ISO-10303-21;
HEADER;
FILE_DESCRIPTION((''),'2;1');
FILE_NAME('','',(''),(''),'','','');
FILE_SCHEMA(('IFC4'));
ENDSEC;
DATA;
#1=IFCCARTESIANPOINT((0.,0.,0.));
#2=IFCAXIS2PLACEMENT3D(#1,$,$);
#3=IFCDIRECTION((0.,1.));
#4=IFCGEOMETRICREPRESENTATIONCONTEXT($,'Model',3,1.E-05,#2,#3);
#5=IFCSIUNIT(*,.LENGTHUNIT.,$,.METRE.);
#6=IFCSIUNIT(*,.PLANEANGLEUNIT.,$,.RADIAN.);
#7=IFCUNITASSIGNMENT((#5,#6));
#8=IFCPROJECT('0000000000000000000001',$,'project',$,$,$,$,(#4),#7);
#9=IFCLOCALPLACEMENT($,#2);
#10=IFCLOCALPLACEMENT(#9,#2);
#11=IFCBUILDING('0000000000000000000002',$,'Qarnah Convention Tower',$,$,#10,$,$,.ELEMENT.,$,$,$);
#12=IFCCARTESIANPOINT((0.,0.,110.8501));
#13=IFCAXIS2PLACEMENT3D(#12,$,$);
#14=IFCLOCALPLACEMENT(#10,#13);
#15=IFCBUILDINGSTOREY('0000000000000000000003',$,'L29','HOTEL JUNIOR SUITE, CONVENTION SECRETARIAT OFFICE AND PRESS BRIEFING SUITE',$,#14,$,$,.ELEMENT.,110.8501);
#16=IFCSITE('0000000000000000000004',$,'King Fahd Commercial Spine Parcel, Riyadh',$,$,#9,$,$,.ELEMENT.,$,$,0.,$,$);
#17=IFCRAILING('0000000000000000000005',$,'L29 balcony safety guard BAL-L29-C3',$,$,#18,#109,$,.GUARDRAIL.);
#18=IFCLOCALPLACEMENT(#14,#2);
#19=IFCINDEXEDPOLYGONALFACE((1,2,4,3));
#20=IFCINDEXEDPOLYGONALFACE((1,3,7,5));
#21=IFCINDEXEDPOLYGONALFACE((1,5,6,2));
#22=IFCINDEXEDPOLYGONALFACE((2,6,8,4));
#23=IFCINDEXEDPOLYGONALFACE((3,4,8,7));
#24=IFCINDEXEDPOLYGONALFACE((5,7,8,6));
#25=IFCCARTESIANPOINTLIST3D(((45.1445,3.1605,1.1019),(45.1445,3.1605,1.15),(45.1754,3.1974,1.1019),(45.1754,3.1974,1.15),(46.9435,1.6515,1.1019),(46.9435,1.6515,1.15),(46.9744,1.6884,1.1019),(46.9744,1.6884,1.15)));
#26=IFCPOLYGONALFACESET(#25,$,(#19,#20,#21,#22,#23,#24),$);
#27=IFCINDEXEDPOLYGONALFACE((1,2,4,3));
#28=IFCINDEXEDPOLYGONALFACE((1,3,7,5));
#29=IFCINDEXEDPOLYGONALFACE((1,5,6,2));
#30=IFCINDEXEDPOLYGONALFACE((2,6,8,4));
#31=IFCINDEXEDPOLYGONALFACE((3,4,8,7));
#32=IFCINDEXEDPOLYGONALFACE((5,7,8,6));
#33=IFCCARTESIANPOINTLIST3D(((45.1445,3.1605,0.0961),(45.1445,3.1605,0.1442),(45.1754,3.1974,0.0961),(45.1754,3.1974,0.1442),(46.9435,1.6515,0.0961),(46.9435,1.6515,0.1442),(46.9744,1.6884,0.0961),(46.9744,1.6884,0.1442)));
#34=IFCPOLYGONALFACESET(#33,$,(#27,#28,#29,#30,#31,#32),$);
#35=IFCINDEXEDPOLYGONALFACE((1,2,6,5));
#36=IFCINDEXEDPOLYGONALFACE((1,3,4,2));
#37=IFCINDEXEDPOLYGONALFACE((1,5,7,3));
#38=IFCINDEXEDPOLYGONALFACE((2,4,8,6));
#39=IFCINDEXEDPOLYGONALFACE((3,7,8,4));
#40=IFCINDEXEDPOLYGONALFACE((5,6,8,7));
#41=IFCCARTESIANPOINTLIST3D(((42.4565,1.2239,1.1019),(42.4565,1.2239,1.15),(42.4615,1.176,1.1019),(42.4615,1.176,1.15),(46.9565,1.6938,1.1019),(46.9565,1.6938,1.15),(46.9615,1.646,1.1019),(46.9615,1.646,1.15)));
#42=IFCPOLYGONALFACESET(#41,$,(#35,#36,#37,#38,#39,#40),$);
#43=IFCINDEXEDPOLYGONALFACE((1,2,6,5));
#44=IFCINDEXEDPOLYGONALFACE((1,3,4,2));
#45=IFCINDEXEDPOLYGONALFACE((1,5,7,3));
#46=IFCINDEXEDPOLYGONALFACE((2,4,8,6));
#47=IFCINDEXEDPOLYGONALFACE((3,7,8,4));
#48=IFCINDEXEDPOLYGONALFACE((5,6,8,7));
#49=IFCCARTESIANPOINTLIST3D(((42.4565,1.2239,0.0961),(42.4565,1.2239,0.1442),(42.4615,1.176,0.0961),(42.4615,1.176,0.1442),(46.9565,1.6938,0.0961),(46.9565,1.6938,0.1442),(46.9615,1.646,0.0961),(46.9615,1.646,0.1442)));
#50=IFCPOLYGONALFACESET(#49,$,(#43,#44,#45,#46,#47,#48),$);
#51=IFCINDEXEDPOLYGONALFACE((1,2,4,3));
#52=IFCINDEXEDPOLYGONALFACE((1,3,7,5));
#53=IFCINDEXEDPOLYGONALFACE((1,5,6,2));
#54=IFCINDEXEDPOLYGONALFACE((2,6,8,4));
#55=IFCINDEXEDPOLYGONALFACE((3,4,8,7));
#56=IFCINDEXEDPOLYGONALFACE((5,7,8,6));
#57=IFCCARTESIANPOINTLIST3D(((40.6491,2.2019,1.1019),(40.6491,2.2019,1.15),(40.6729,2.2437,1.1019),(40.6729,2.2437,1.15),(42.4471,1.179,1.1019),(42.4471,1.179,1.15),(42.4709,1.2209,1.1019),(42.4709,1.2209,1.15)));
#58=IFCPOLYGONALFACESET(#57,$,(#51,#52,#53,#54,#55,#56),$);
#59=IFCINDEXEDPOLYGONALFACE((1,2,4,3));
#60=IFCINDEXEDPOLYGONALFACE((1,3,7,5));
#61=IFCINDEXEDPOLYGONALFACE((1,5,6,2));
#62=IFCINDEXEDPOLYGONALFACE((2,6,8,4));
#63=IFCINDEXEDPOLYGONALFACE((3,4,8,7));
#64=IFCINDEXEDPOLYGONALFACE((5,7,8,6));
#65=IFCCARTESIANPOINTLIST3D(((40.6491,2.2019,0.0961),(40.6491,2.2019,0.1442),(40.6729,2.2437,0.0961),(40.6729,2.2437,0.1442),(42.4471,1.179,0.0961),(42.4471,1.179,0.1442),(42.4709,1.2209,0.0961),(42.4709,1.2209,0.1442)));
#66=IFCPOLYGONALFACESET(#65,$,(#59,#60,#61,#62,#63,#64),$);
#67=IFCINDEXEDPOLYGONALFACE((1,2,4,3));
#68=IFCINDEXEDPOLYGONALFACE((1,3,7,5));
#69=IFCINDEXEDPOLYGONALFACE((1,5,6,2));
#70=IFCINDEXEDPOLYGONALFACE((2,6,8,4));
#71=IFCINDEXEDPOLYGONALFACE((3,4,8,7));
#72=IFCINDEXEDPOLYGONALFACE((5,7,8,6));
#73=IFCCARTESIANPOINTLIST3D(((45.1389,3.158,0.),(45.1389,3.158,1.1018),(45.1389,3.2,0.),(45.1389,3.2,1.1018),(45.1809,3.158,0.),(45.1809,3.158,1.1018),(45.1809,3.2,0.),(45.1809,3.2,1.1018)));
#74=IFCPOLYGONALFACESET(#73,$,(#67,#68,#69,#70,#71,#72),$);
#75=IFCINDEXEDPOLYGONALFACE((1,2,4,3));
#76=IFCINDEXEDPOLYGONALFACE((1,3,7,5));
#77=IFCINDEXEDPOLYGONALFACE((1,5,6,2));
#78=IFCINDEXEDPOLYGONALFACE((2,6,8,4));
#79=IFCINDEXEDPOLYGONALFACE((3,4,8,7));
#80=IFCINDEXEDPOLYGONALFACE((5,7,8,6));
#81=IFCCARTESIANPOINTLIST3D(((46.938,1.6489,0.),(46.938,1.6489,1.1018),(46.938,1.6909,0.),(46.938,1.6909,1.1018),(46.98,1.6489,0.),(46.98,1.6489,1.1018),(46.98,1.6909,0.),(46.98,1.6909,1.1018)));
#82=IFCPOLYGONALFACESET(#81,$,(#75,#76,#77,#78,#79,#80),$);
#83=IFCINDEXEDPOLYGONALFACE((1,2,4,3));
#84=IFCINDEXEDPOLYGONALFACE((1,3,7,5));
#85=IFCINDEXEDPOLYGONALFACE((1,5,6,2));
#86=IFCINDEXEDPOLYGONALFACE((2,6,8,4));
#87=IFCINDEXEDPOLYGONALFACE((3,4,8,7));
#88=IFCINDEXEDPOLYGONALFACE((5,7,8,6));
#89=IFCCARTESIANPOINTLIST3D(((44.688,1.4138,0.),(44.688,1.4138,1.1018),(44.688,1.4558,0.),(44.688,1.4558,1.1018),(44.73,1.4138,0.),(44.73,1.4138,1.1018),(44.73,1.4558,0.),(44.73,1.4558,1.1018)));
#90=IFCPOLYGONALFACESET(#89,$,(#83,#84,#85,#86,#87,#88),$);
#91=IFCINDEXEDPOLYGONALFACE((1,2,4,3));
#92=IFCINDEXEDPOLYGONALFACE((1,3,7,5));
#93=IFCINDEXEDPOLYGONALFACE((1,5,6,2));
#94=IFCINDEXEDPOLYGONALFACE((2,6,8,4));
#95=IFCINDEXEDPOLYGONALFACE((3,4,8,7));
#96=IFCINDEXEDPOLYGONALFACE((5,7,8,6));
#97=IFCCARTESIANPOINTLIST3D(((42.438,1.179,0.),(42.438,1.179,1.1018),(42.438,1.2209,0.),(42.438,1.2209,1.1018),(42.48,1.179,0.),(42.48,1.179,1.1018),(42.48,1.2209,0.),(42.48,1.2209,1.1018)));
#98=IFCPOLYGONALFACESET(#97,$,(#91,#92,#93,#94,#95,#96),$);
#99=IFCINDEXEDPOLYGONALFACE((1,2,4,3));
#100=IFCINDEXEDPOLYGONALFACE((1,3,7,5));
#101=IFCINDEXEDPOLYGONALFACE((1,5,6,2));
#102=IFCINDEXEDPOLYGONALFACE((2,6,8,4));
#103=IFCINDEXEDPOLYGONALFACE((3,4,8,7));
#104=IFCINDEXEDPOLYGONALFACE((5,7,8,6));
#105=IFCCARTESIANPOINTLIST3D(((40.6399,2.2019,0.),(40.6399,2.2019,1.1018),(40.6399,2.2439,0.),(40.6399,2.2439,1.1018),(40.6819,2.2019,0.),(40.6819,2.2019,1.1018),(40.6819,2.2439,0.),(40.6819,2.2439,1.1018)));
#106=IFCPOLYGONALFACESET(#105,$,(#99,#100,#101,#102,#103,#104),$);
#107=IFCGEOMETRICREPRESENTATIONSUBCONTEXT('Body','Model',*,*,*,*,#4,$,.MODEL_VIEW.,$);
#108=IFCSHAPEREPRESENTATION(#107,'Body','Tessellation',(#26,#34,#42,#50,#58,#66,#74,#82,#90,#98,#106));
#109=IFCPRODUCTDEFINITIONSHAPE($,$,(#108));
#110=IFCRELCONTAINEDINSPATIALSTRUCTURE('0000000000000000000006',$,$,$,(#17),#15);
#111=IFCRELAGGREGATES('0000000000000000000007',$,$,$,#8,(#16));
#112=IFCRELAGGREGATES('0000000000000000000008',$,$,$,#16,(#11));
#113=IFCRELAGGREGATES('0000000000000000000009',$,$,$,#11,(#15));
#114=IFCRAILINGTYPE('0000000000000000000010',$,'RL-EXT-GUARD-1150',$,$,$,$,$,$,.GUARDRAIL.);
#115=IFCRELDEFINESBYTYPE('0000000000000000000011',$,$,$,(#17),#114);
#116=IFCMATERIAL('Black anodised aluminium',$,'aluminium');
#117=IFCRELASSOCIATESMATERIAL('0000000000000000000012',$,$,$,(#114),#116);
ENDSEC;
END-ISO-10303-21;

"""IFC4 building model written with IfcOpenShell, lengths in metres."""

from ifc_helpers import new_model, si_unit, direction, frame, origin, origin_2d, place, context, subcontext, project, spatial, rectangle, extrude, material, type_object, element, save


model = new_model("IFC4")

# Units and contexts
model_context = context("Model", 3, precision=1e-05, world=origin(), true_north=direction((0.0, 1.0)))
body_context = subcontext(model_context, "Body", "Model", "MODEL_VIEW")
ifc_project = project(units=[si_unit("LENGTHUNIT", "METRE"), si_unit("PLANEANGLEUNIT", "RADIAN")], contexts=[model_context])

# Site, building, storey
site_placement = place(None, origin())
site = spatial("IfcSite", under=ifc_project, at=site_placement, Name="King Fahd Commercial Spine Parcel, Riyadh", CompositionType="ELEMENT", RefElevation=0.0)
building_placement = place(site_placement, origin())
building = spatial("IfcBuilding", under=site, at=building_placement, Name="Qarnah Convention Tower", CompositionType="ELEMENT")
storey_placement = place(building_placement, frame((0.0, 0.0, 110.8501)))
storey = spatial("IfcBuildingStorey", under=building, at=storey_placement, Name="L29", Description="HOTEL JUNIOR SUITE, CONVENTION SECRETARIAT OFFICE AND PRESS BRIEFING SUITE", CompositionType="ELEMENT", Elevation=110.8501)

# Shared definitions
ifc_material_1 = material(Name="Black anodised aluminium", Category="aluminium")

# Railing
railing_type = type_object("IfcRailingType", Name="RL-EXT-GUARD-1150", PredefinedType="GUARDRAIL", material=ifc_material_1)
railing_1_placement = place(storey_placement, frame((45.1599, 3.179, 0.0)))
element("IfcRailing", 1, at=railing_1_placement, inside=storey, type_object=railing_type, Name="L29 balcony safety guard BAL-L29-C3", PredefinedType="GUARDRAIL", context=body_context, shape_type="SweptSolid", body=[
    extrude(rectangle(XDim=0.0481, YDim=0.0481, at=origin_2d()), frame((0.0, 0.0, 1.126), z_axis=(0.766163, -0.642646, 0.0), x_axis=(0.642646, 0.766163, 0.0)), (0.0, 0.0, 1.0), 2.3481),
    extrude(rectangle(XDim=0.0481, YDim=0.0481, at=origin_2d()), frame((0.0, 0.0, 0.1201), z_axis=(0.766163, -0.642646, 0.0), x_axis=(0.642646, 0.766163, 0.0)), (0.0, 0.0, 1.0), 2.3481),
    extrude(rectangle(XDim=0.0481, YDim=0.0481, at=origin_2d()), frame((1.7991, -1.509, 1.126), z_axis=(-0.994591, -0.103873, 0.0), x_axis=(0.103873, -0.994591, 0.0)), (0.0, 0.0, 1.0), 4.5244),
    extrude(rectangle(XDim=0.0481, YDim=0.0481, at=origin_2d()), frame((1.7991, -1.509, 0.1201), z_axis=(-0.994591, -0.103873, 0.0), x_axis=(0.103873, -0.994591, 0.0)), (0.0, 0.0, 1.0), 4.5244),
    extrude(rectangle(XDim=0.0481, YDim=0.0481, at=origin_2d()), frame((-2.7009, -1.979, 1.126), z_axis=(-0.869186, 0.494486, 0.0), x_axis=(-0.494486, -0.869186, 0.0)), (0.0, 0.0, 1.0), 2.0686),
    extrude(rectangle(XDim=0.0481, YDim=0.0481, at=origin_2d()), frame((-2.7009, -1.979, 0.1201), z_axis=(-0.869186, 0.494486, 0.0), x_axis=(-0.494486, -0.869186, 0.0)), (0.0, 0.0, 1.0), 2.0686),
    extrude(rectangle(XDim=0.042, YDim=0.042, at=origin_2d()), origin(), (0.0, 0.0, 1.0), 1.1018),
    extrude(rectangle(XDim=0.042, YDim=0.042, at=origin_2d()), frame((1.7991, -1.509, 0.0)), (0.0, 0.0, 1.0), 1.1018),
    extrude(rectangle(XDim=0.042, YDim=0.042, at=origin_2d()), frame((-0.4509, -1.7441, 0.0)), (0.0, 0.0, 1.0), 1.1018),
    extrude(rectangle(XDim=0.042, YDim=0.042, at=origin_2d()), frame((-2.7009, -1.979, 0.0)), (0.0, 0.0, 1.0), 1.1018),
    extrude(rectangle(XDim=0.042, YDim=0.042, at=origin_2d()), frame((-4.499, -0.9561, 0.0)), (0.0, 0.0, 1.0), 1.1018),
])

save(model, "model.ifc")
